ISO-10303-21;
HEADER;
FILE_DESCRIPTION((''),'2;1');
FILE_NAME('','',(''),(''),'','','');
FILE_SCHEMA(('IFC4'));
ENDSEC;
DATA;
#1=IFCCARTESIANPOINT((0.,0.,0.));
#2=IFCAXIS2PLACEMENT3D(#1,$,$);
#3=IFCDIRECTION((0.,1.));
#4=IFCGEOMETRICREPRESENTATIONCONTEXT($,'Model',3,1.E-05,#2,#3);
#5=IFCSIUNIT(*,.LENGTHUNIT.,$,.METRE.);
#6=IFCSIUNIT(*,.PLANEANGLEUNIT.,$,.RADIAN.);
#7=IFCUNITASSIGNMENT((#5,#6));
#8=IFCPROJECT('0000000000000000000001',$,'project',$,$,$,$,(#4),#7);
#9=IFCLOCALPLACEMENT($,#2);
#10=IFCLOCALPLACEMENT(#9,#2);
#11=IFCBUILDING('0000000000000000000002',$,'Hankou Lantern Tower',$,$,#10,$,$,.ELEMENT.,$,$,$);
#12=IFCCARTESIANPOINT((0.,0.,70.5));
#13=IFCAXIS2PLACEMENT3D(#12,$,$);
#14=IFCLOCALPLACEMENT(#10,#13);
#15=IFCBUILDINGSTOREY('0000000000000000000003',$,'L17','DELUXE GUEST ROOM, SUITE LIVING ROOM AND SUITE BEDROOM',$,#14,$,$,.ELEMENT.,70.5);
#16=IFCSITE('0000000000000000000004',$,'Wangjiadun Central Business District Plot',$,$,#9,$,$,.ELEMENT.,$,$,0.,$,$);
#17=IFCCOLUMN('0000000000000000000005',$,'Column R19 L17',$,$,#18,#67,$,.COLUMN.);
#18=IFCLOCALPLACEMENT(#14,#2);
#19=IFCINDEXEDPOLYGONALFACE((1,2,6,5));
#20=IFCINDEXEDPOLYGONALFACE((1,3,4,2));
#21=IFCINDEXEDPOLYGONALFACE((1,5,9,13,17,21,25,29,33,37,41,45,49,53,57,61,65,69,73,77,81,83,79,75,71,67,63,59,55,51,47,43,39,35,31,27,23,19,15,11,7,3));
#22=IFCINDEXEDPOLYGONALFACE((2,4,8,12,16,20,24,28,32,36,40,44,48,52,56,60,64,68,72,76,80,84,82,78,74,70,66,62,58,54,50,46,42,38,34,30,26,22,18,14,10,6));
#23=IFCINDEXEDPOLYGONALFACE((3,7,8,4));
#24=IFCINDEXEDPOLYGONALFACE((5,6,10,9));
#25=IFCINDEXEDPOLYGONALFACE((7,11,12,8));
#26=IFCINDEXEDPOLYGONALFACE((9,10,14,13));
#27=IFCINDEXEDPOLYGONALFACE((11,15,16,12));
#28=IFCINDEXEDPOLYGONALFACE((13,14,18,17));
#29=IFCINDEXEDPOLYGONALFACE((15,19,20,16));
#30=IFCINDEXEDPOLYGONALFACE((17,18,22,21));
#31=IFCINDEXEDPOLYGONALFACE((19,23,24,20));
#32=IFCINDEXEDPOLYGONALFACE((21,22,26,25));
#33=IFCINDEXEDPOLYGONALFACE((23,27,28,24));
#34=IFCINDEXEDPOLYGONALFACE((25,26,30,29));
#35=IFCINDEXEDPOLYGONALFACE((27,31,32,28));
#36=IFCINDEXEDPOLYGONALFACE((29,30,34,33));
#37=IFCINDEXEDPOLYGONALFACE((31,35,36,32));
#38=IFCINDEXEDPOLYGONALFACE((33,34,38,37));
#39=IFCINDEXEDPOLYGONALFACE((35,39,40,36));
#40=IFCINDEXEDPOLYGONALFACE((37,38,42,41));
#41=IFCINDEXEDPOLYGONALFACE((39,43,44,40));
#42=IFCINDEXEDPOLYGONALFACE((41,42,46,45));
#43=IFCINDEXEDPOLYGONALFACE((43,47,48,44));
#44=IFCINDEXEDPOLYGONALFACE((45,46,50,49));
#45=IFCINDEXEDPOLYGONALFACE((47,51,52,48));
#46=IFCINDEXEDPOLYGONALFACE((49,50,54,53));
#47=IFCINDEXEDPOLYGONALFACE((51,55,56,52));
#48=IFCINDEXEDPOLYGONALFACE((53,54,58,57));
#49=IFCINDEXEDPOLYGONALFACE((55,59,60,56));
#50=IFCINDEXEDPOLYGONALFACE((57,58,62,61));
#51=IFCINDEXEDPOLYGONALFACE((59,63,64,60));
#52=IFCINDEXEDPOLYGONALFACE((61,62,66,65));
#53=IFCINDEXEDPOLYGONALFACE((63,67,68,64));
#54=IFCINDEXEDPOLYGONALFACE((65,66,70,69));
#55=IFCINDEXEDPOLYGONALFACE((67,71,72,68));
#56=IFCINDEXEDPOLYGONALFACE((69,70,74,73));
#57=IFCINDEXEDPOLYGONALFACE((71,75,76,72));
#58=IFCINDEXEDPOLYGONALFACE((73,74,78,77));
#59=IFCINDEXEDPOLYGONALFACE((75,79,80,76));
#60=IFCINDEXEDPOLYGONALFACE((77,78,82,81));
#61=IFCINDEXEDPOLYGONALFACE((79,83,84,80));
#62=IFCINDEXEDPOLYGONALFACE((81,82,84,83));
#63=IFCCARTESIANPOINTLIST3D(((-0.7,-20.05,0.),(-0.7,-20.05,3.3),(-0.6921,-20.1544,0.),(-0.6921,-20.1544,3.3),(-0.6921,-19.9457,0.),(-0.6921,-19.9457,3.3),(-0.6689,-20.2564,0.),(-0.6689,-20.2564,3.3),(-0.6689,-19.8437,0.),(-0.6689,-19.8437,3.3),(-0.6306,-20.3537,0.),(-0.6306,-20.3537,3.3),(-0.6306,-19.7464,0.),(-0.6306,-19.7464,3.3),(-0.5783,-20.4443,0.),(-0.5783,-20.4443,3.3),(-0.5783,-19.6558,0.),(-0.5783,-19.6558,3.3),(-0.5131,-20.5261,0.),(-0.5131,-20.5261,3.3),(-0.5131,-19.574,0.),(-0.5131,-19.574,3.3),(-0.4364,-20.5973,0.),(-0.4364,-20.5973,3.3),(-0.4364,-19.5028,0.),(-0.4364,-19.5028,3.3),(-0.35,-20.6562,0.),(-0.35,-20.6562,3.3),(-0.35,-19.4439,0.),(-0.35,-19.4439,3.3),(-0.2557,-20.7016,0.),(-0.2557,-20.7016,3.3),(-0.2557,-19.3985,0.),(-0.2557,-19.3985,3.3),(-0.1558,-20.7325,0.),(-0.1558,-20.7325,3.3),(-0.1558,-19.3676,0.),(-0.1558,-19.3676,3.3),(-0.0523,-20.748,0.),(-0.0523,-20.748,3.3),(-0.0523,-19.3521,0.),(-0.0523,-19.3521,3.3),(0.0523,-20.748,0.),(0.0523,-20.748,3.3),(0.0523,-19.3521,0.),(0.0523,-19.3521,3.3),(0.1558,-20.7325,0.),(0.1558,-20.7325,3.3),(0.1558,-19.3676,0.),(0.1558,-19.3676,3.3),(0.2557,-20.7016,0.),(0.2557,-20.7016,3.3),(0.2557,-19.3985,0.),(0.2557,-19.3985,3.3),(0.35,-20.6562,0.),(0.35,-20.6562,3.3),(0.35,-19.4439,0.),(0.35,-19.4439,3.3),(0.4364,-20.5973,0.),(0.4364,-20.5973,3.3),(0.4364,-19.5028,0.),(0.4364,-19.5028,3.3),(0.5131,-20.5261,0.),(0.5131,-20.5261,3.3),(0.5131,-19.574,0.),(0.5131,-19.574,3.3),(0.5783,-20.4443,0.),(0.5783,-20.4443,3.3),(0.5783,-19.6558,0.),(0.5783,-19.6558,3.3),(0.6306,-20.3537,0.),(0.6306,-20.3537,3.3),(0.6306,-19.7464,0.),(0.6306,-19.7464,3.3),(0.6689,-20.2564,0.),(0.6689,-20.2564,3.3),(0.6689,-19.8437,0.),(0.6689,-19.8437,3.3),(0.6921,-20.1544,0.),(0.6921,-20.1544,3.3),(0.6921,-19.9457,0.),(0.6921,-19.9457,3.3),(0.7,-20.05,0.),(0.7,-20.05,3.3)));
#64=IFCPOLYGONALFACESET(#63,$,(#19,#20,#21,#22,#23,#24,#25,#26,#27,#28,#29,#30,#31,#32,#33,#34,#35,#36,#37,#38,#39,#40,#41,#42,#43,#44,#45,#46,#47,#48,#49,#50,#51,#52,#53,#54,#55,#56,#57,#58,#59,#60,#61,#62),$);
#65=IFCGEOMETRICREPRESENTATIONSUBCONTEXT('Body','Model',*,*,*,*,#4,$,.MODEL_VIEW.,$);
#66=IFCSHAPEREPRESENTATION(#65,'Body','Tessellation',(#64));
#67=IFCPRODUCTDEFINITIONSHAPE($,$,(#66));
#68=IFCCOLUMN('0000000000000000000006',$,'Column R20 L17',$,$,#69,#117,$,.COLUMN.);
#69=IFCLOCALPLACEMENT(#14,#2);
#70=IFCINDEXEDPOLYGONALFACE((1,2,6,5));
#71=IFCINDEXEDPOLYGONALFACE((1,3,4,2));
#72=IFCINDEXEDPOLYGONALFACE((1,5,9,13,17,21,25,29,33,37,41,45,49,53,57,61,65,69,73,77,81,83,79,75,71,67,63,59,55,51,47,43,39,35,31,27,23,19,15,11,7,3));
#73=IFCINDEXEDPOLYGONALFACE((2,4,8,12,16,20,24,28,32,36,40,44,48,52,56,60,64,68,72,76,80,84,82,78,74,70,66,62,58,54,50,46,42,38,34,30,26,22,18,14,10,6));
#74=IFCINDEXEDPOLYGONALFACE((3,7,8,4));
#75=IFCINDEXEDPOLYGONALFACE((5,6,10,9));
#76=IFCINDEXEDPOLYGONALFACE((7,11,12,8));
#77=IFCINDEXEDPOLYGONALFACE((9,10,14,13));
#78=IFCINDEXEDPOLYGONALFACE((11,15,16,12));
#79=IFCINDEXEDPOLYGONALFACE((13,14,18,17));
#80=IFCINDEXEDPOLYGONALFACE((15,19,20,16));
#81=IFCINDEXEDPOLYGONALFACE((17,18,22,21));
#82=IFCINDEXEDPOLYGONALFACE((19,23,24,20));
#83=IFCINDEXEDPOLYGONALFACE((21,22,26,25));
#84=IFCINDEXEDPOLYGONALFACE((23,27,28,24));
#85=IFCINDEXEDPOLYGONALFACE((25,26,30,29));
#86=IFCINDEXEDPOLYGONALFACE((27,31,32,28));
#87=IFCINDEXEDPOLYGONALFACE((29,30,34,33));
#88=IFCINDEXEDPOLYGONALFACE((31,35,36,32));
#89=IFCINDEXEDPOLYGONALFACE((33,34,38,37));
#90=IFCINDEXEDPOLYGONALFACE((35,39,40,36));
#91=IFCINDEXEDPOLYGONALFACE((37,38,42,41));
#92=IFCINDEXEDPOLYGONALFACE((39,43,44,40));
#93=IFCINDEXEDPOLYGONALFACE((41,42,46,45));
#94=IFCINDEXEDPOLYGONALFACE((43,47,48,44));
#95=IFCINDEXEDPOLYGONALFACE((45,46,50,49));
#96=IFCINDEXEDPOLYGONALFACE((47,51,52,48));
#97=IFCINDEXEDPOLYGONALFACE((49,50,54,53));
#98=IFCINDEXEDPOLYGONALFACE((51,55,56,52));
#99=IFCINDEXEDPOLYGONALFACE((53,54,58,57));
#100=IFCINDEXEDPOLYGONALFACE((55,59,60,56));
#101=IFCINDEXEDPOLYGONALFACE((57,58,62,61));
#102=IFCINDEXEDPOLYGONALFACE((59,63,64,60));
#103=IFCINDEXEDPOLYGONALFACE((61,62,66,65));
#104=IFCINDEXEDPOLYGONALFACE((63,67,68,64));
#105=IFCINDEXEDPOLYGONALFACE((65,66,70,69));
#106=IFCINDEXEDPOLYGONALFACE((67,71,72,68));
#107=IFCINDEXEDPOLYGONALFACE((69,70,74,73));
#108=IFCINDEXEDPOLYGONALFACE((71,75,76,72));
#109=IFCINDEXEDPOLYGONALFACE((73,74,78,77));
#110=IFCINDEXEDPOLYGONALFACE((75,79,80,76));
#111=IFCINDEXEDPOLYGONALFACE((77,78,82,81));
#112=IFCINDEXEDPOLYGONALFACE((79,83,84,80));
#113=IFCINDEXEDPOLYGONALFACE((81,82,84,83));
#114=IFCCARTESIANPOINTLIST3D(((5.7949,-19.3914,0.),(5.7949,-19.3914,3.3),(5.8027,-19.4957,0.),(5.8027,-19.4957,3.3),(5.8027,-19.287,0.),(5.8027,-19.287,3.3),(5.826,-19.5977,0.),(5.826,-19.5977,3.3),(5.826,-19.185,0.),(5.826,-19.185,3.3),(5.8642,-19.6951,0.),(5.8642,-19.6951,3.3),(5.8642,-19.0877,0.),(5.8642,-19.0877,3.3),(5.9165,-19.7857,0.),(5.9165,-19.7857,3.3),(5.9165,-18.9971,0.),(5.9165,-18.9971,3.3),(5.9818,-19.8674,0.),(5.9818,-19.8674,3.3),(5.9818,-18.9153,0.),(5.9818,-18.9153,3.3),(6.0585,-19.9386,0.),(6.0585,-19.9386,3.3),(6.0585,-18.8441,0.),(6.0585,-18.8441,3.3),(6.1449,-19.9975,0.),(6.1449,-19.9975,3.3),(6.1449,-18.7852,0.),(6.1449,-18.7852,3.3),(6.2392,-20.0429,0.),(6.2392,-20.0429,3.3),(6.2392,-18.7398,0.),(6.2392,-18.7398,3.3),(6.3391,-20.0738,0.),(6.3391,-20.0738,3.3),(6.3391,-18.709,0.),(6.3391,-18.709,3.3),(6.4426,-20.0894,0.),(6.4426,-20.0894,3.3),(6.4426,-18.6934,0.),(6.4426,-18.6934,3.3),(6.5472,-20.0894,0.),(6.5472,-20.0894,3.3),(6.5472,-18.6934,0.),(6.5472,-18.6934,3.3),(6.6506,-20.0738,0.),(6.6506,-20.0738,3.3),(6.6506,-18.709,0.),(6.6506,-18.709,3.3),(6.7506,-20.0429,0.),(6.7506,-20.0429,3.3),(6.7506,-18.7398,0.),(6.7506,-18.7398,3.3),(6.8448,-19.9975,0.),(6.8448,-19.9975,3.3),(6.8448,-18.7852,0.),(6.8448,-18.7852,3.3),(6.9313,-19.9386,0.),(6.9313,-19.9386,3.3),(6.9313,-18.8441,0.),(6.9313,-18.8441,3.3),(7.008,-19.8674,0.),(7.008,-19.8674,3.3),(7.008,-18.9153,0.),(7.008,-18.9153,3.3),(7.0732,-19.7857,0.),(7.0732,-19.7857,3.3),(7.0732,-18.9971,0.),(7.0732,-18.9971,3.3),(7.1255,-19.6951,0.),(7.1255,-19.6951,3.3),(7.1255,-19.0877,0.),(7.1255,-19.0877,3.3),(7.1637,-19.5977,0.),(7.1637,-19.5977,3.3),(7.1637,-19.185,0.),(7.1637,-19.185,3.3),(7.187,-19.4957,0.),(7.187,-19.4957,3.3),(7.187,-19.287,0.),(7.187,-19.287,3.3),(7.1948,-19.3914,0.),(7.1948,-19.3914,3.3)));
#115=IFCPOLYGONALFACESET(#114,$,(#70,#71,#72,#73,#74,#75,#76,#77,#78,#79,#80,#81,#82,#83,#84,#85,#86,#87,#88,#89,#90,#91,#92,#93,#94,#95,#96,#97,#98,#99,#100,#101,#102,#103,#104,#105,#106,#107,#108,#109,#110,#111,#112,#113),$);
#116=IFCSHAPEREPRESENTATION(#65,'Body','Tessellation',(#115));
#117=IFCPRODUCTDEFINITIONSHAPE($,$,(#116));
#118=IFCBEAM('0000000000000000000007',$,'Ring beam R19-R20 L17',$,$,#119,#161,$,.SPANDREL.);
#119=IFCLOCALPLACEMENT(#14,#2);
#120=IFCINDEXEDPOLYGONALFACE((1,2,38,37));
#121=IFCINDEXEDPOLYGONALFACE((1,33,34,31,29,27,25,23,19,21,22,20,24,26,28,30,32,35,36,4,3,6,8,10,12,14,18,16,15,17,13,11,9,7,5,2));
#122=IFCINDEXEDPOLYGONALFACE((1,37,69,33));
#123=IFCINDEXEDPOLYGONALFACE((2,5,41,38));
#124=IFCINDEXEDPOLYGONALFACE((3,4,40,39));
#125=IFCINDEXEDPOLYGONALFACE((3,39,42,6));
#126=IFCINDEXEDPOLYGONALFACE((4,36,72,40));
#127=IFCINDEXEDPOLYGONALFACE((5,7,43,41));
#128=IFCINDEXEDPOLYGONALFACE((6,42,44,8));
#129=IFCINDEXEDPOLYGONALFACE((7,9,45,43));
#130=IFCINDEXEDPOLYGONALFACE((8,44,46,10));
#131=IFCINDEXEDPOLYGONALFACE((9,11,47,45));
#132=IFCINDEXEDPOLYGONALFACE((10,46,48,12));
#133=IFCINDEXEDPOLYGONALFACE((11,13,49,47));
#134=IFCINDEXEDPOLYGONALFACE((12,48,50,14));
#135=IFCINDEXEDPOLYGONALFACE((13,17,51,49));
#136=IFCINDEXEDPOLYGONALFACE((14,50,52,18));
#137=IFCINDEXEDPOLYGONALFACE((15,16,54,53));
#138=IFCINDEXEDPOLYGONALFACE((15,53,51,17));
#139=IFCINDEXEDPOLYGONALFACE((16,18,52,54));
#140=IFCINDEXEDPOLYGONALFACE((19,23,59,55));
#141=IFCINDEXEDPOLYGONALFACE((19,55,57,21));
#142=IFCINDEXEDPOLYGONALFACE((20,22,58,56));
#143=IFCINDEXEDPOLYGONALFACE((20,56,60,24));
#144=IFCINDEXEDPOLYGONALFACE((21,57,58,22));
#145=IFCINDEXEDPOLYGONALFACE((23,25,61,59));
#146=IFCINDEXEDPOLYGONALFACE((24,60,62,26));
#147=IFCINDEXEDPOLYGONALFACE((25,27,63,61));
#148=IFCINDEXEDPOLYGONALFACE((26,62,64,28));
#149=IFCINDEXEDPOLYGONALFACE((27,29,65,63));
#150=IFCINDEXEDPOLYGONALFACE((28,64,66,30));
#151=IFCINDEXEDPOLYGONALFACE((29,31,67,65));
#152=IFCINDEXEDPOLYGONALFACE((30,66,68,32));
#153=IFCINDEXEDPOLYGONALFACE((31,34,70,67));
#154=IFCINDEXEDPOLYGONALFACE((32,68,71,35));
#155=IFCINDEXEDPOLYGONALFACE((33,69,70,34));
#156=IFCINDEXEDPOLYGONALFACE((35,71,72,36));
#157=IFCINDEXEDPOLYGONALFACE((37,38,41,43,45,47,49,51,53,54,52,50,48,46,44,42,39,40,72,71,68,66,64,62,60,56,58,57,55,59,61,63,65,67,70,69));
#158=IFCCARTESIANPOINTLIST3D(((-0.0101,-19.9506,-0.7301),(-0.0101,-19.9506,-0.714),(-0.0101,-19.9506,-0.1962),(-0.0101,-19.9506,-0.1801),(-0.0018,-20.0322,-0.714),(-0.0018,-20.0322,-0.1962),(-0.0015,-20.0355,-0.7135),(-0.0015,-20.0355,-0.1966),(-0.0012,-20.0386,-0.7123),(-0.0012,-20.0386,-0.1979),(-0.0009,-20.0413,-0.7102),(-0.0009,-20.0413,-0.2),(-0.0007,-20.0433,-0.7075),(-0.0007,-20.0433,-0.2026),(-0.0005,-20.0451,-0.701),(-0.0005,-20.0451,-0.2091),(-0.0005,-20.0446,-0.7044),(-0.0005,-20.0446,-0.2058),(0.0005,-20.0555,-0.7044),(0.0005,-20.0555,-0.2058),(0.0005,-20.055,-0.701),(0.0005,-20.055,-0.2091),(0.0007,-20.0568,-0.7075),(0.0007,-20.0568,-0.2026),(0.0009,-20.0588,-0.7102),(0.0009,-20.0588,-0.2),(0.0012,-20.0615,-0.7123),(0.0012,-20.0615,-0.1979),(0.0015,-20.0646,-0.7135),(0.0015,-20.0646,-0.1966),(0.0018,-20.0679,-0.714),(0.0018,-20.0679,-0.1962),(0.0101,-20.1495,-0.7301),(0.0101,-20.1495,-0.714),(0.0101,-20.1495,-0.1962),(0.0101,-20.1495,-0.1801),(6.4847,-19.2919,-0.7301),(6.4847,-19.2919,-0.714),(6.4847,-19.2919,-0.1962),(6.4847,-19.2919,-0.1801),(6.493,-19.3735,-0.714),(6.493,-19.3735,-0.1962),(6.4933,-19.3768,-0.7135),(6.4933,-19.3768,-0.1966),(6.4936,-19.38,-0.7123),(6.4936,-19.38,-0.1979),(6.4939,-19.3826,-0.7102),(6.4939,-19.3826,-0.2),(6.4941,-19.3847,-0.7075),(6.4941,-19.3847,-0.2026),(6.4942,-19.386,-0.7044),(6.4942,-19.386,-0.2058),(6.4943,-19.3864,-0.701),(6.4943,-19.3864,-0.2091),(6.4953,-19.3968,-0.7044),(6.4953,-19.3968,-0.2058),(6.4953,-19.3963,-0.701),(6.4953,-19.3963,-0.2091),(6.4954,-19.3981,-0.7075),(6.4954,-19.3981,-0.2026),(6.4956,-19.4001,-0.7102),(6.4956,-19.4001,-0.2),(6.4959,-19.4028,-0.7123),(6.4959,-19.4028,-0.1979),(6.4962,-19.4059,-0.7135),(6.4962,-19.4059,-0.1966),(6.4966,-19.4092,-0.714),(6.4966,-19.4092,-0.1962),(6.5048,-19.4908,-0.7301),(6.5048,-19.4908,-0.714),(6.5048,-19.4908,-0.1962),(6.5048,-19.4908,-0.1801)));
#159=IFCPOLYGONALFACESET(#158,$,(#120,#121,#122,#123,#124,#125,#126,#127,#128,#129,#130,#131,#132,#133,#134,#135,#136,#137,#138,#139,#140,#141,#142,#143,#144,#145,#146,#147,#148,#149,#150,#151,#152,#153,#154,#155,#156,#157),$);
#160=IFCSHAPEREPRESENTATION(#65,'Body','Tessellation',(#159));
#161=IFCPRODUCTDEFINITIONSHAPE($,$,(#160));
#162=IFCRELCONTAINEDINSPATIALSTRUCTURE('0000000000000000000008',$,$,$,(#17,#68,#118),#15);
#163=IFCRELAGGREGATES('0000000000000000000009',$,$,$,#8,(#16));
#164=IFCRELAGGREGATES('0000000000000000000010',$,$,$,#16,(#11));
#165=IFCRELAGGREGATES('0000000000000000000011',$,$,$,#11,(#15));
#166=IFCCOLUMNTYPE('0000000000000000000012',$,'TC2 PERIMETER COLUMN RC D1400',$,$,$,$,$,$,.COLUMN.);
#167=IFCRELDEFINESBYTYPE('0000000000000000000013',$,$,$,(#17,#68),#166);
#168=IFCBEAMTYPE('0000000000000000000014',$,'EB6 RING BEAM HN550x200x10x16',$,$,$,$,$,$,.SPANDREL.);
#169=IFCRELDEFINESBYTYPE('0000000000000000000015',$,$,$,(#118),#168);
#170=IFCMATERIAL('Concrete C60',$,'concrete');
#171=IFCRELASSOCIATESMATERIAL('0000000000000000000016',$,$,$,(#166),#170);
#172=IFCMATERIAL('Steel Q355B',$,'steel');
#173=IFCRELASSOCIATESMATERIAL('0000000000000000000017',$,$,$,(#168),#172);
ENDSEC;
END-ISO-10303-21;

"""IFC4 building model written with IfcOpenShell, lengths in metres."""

from ifc_helpers import new_model, si_unit, direction, frame, origin, origin_2d, place, context, subcontext, project, spatial, circle, i_section, extrude, material, material_profile, profile_set, type_object, element, save


model = new_model("IFC4")

# Units and contexts
model_context = context("Model", 3, precision=1e-05, world=origin(), true_north=direction((0.0, 1.0)))
body_context = subcontext(model_context, "Body", "Model", "MODEL_VIEW")
ifc_project = project(units=[si_unit("LENGTHUNIT", "METRE"), si_unit("PLANEANGLEUNIT", "RADIAN")], contexts=[model_context])

# Site, building, storey
site_placement = place(None, origin())
site = spatial("IfcSite", under=ifc_project, at=site_placement, Name="Wangjiadun Central Business District Plot", CompositionType="ELEMENT", RefElevation=0.0)
building_placement = place(site_placement, origin())
building = spatial("IfcBuilding", under=site, at=building_placement, Name="Hankou Lantern Tower", CompositionType="ELEMENT")
storey_placement = place(building_placement, frame((0.0, 0.0, 70.5)))
storey = spatial("IfcBuildingStorey", under=building, at=storey_placement, Name="L17", Description="DELUXE GUEST ROOM, SUITE LIVING ROOM AND SUITE BEDROOM", CompositionType="ELEMENT", Elevation=70.5)

# Columns
ifc_material_1 = material(Name="Concrete C60", Category="concrete")
ifc_material_profile_1 = material_profile(ifc_material_1, circle(Radius=0.7, at=origin_2d()), Name="RC D1400")
ifc_profile_set_1 = profile_set([ifc_material_profile_1], Name="Concrete C60")
column_type = type_object("IfcColumnType", Name="TC2 PERIMETER COLUMN RC D1400", PredefinedType="COLUMN", material=ifc_profile_set_1)
for number, where, z_axis, x_axis, name in (
    (1, (0.0, -20.05, 0.0), (0.0, 0.0, 1.0), (1.0, 0.0, 0.0), "Column R19 L17"),
    (2, (6.4949, -19.3914, 0.0), (0.0, 0.0, 1.0), (1.0, 0.0, 0.0), "Column R20 L17"),
):
    element("IfcColumn", number, at=place(storey_placement, frame(where, z_axis=z_axis, x_axis=x_axis)), inside=storey, type_object=column_type, Name=name, PredefinedType="COLUMN", context=body_context, shape_type="SweptSolid", body=[
        extrude(circle(Radius=0.7, at=origin_2d()), origin(), (0.0, 0.0, 1.0), 3.3),
    ])

# Beam
ifc_material_2 = material(Name="Steel Q355B", Category="steel")
ifc_material_profile_2 = material_profile(ifc_material_2, i_section(OverallWidth=0.2, OverallDepth=0.55, WebThickness=0.01, FlangeThickness=0.0161, FilletRadius=0.0129, at=origin_2d()), Name="HN550x200x10x16")
ifc_profile_set_2 = profile_set([ifc_material_profile_2], Name="Steel Q355B")
beam_type_1 = type_object("IfcBeamType", Name="EB6 RING BEAM HN550x200x10x16", PredefinedType="SPANDREL", material=ifc_profile_set_2)
beam_1_placement = place(storey_placement, frame((0.0, -20.05, -0.4551), z_axis=(0.994897, 0.1009, 0.0), x_axis=(-0.1009, 0.994897, 0.0)))
element("IfcBeam", 3, at=beam_1_placement, inside=storey, type_object=beam_type_1, Name="Ring beam R19-R20 L17", PredefinedType="SPANDREL", context=body_context, shape_type="SweptSolid", body=[
    extrude(i_section(OverallWidth=0.2, OverallDepth=0.55, WebThickness=0.01, FlangeThickness=0.0161, FilletRadius=0.0129, at=origin_2d()), origin(), (0.0, 0.0, 1.0), 6.5281),
])

save(model, "model.ifc")
